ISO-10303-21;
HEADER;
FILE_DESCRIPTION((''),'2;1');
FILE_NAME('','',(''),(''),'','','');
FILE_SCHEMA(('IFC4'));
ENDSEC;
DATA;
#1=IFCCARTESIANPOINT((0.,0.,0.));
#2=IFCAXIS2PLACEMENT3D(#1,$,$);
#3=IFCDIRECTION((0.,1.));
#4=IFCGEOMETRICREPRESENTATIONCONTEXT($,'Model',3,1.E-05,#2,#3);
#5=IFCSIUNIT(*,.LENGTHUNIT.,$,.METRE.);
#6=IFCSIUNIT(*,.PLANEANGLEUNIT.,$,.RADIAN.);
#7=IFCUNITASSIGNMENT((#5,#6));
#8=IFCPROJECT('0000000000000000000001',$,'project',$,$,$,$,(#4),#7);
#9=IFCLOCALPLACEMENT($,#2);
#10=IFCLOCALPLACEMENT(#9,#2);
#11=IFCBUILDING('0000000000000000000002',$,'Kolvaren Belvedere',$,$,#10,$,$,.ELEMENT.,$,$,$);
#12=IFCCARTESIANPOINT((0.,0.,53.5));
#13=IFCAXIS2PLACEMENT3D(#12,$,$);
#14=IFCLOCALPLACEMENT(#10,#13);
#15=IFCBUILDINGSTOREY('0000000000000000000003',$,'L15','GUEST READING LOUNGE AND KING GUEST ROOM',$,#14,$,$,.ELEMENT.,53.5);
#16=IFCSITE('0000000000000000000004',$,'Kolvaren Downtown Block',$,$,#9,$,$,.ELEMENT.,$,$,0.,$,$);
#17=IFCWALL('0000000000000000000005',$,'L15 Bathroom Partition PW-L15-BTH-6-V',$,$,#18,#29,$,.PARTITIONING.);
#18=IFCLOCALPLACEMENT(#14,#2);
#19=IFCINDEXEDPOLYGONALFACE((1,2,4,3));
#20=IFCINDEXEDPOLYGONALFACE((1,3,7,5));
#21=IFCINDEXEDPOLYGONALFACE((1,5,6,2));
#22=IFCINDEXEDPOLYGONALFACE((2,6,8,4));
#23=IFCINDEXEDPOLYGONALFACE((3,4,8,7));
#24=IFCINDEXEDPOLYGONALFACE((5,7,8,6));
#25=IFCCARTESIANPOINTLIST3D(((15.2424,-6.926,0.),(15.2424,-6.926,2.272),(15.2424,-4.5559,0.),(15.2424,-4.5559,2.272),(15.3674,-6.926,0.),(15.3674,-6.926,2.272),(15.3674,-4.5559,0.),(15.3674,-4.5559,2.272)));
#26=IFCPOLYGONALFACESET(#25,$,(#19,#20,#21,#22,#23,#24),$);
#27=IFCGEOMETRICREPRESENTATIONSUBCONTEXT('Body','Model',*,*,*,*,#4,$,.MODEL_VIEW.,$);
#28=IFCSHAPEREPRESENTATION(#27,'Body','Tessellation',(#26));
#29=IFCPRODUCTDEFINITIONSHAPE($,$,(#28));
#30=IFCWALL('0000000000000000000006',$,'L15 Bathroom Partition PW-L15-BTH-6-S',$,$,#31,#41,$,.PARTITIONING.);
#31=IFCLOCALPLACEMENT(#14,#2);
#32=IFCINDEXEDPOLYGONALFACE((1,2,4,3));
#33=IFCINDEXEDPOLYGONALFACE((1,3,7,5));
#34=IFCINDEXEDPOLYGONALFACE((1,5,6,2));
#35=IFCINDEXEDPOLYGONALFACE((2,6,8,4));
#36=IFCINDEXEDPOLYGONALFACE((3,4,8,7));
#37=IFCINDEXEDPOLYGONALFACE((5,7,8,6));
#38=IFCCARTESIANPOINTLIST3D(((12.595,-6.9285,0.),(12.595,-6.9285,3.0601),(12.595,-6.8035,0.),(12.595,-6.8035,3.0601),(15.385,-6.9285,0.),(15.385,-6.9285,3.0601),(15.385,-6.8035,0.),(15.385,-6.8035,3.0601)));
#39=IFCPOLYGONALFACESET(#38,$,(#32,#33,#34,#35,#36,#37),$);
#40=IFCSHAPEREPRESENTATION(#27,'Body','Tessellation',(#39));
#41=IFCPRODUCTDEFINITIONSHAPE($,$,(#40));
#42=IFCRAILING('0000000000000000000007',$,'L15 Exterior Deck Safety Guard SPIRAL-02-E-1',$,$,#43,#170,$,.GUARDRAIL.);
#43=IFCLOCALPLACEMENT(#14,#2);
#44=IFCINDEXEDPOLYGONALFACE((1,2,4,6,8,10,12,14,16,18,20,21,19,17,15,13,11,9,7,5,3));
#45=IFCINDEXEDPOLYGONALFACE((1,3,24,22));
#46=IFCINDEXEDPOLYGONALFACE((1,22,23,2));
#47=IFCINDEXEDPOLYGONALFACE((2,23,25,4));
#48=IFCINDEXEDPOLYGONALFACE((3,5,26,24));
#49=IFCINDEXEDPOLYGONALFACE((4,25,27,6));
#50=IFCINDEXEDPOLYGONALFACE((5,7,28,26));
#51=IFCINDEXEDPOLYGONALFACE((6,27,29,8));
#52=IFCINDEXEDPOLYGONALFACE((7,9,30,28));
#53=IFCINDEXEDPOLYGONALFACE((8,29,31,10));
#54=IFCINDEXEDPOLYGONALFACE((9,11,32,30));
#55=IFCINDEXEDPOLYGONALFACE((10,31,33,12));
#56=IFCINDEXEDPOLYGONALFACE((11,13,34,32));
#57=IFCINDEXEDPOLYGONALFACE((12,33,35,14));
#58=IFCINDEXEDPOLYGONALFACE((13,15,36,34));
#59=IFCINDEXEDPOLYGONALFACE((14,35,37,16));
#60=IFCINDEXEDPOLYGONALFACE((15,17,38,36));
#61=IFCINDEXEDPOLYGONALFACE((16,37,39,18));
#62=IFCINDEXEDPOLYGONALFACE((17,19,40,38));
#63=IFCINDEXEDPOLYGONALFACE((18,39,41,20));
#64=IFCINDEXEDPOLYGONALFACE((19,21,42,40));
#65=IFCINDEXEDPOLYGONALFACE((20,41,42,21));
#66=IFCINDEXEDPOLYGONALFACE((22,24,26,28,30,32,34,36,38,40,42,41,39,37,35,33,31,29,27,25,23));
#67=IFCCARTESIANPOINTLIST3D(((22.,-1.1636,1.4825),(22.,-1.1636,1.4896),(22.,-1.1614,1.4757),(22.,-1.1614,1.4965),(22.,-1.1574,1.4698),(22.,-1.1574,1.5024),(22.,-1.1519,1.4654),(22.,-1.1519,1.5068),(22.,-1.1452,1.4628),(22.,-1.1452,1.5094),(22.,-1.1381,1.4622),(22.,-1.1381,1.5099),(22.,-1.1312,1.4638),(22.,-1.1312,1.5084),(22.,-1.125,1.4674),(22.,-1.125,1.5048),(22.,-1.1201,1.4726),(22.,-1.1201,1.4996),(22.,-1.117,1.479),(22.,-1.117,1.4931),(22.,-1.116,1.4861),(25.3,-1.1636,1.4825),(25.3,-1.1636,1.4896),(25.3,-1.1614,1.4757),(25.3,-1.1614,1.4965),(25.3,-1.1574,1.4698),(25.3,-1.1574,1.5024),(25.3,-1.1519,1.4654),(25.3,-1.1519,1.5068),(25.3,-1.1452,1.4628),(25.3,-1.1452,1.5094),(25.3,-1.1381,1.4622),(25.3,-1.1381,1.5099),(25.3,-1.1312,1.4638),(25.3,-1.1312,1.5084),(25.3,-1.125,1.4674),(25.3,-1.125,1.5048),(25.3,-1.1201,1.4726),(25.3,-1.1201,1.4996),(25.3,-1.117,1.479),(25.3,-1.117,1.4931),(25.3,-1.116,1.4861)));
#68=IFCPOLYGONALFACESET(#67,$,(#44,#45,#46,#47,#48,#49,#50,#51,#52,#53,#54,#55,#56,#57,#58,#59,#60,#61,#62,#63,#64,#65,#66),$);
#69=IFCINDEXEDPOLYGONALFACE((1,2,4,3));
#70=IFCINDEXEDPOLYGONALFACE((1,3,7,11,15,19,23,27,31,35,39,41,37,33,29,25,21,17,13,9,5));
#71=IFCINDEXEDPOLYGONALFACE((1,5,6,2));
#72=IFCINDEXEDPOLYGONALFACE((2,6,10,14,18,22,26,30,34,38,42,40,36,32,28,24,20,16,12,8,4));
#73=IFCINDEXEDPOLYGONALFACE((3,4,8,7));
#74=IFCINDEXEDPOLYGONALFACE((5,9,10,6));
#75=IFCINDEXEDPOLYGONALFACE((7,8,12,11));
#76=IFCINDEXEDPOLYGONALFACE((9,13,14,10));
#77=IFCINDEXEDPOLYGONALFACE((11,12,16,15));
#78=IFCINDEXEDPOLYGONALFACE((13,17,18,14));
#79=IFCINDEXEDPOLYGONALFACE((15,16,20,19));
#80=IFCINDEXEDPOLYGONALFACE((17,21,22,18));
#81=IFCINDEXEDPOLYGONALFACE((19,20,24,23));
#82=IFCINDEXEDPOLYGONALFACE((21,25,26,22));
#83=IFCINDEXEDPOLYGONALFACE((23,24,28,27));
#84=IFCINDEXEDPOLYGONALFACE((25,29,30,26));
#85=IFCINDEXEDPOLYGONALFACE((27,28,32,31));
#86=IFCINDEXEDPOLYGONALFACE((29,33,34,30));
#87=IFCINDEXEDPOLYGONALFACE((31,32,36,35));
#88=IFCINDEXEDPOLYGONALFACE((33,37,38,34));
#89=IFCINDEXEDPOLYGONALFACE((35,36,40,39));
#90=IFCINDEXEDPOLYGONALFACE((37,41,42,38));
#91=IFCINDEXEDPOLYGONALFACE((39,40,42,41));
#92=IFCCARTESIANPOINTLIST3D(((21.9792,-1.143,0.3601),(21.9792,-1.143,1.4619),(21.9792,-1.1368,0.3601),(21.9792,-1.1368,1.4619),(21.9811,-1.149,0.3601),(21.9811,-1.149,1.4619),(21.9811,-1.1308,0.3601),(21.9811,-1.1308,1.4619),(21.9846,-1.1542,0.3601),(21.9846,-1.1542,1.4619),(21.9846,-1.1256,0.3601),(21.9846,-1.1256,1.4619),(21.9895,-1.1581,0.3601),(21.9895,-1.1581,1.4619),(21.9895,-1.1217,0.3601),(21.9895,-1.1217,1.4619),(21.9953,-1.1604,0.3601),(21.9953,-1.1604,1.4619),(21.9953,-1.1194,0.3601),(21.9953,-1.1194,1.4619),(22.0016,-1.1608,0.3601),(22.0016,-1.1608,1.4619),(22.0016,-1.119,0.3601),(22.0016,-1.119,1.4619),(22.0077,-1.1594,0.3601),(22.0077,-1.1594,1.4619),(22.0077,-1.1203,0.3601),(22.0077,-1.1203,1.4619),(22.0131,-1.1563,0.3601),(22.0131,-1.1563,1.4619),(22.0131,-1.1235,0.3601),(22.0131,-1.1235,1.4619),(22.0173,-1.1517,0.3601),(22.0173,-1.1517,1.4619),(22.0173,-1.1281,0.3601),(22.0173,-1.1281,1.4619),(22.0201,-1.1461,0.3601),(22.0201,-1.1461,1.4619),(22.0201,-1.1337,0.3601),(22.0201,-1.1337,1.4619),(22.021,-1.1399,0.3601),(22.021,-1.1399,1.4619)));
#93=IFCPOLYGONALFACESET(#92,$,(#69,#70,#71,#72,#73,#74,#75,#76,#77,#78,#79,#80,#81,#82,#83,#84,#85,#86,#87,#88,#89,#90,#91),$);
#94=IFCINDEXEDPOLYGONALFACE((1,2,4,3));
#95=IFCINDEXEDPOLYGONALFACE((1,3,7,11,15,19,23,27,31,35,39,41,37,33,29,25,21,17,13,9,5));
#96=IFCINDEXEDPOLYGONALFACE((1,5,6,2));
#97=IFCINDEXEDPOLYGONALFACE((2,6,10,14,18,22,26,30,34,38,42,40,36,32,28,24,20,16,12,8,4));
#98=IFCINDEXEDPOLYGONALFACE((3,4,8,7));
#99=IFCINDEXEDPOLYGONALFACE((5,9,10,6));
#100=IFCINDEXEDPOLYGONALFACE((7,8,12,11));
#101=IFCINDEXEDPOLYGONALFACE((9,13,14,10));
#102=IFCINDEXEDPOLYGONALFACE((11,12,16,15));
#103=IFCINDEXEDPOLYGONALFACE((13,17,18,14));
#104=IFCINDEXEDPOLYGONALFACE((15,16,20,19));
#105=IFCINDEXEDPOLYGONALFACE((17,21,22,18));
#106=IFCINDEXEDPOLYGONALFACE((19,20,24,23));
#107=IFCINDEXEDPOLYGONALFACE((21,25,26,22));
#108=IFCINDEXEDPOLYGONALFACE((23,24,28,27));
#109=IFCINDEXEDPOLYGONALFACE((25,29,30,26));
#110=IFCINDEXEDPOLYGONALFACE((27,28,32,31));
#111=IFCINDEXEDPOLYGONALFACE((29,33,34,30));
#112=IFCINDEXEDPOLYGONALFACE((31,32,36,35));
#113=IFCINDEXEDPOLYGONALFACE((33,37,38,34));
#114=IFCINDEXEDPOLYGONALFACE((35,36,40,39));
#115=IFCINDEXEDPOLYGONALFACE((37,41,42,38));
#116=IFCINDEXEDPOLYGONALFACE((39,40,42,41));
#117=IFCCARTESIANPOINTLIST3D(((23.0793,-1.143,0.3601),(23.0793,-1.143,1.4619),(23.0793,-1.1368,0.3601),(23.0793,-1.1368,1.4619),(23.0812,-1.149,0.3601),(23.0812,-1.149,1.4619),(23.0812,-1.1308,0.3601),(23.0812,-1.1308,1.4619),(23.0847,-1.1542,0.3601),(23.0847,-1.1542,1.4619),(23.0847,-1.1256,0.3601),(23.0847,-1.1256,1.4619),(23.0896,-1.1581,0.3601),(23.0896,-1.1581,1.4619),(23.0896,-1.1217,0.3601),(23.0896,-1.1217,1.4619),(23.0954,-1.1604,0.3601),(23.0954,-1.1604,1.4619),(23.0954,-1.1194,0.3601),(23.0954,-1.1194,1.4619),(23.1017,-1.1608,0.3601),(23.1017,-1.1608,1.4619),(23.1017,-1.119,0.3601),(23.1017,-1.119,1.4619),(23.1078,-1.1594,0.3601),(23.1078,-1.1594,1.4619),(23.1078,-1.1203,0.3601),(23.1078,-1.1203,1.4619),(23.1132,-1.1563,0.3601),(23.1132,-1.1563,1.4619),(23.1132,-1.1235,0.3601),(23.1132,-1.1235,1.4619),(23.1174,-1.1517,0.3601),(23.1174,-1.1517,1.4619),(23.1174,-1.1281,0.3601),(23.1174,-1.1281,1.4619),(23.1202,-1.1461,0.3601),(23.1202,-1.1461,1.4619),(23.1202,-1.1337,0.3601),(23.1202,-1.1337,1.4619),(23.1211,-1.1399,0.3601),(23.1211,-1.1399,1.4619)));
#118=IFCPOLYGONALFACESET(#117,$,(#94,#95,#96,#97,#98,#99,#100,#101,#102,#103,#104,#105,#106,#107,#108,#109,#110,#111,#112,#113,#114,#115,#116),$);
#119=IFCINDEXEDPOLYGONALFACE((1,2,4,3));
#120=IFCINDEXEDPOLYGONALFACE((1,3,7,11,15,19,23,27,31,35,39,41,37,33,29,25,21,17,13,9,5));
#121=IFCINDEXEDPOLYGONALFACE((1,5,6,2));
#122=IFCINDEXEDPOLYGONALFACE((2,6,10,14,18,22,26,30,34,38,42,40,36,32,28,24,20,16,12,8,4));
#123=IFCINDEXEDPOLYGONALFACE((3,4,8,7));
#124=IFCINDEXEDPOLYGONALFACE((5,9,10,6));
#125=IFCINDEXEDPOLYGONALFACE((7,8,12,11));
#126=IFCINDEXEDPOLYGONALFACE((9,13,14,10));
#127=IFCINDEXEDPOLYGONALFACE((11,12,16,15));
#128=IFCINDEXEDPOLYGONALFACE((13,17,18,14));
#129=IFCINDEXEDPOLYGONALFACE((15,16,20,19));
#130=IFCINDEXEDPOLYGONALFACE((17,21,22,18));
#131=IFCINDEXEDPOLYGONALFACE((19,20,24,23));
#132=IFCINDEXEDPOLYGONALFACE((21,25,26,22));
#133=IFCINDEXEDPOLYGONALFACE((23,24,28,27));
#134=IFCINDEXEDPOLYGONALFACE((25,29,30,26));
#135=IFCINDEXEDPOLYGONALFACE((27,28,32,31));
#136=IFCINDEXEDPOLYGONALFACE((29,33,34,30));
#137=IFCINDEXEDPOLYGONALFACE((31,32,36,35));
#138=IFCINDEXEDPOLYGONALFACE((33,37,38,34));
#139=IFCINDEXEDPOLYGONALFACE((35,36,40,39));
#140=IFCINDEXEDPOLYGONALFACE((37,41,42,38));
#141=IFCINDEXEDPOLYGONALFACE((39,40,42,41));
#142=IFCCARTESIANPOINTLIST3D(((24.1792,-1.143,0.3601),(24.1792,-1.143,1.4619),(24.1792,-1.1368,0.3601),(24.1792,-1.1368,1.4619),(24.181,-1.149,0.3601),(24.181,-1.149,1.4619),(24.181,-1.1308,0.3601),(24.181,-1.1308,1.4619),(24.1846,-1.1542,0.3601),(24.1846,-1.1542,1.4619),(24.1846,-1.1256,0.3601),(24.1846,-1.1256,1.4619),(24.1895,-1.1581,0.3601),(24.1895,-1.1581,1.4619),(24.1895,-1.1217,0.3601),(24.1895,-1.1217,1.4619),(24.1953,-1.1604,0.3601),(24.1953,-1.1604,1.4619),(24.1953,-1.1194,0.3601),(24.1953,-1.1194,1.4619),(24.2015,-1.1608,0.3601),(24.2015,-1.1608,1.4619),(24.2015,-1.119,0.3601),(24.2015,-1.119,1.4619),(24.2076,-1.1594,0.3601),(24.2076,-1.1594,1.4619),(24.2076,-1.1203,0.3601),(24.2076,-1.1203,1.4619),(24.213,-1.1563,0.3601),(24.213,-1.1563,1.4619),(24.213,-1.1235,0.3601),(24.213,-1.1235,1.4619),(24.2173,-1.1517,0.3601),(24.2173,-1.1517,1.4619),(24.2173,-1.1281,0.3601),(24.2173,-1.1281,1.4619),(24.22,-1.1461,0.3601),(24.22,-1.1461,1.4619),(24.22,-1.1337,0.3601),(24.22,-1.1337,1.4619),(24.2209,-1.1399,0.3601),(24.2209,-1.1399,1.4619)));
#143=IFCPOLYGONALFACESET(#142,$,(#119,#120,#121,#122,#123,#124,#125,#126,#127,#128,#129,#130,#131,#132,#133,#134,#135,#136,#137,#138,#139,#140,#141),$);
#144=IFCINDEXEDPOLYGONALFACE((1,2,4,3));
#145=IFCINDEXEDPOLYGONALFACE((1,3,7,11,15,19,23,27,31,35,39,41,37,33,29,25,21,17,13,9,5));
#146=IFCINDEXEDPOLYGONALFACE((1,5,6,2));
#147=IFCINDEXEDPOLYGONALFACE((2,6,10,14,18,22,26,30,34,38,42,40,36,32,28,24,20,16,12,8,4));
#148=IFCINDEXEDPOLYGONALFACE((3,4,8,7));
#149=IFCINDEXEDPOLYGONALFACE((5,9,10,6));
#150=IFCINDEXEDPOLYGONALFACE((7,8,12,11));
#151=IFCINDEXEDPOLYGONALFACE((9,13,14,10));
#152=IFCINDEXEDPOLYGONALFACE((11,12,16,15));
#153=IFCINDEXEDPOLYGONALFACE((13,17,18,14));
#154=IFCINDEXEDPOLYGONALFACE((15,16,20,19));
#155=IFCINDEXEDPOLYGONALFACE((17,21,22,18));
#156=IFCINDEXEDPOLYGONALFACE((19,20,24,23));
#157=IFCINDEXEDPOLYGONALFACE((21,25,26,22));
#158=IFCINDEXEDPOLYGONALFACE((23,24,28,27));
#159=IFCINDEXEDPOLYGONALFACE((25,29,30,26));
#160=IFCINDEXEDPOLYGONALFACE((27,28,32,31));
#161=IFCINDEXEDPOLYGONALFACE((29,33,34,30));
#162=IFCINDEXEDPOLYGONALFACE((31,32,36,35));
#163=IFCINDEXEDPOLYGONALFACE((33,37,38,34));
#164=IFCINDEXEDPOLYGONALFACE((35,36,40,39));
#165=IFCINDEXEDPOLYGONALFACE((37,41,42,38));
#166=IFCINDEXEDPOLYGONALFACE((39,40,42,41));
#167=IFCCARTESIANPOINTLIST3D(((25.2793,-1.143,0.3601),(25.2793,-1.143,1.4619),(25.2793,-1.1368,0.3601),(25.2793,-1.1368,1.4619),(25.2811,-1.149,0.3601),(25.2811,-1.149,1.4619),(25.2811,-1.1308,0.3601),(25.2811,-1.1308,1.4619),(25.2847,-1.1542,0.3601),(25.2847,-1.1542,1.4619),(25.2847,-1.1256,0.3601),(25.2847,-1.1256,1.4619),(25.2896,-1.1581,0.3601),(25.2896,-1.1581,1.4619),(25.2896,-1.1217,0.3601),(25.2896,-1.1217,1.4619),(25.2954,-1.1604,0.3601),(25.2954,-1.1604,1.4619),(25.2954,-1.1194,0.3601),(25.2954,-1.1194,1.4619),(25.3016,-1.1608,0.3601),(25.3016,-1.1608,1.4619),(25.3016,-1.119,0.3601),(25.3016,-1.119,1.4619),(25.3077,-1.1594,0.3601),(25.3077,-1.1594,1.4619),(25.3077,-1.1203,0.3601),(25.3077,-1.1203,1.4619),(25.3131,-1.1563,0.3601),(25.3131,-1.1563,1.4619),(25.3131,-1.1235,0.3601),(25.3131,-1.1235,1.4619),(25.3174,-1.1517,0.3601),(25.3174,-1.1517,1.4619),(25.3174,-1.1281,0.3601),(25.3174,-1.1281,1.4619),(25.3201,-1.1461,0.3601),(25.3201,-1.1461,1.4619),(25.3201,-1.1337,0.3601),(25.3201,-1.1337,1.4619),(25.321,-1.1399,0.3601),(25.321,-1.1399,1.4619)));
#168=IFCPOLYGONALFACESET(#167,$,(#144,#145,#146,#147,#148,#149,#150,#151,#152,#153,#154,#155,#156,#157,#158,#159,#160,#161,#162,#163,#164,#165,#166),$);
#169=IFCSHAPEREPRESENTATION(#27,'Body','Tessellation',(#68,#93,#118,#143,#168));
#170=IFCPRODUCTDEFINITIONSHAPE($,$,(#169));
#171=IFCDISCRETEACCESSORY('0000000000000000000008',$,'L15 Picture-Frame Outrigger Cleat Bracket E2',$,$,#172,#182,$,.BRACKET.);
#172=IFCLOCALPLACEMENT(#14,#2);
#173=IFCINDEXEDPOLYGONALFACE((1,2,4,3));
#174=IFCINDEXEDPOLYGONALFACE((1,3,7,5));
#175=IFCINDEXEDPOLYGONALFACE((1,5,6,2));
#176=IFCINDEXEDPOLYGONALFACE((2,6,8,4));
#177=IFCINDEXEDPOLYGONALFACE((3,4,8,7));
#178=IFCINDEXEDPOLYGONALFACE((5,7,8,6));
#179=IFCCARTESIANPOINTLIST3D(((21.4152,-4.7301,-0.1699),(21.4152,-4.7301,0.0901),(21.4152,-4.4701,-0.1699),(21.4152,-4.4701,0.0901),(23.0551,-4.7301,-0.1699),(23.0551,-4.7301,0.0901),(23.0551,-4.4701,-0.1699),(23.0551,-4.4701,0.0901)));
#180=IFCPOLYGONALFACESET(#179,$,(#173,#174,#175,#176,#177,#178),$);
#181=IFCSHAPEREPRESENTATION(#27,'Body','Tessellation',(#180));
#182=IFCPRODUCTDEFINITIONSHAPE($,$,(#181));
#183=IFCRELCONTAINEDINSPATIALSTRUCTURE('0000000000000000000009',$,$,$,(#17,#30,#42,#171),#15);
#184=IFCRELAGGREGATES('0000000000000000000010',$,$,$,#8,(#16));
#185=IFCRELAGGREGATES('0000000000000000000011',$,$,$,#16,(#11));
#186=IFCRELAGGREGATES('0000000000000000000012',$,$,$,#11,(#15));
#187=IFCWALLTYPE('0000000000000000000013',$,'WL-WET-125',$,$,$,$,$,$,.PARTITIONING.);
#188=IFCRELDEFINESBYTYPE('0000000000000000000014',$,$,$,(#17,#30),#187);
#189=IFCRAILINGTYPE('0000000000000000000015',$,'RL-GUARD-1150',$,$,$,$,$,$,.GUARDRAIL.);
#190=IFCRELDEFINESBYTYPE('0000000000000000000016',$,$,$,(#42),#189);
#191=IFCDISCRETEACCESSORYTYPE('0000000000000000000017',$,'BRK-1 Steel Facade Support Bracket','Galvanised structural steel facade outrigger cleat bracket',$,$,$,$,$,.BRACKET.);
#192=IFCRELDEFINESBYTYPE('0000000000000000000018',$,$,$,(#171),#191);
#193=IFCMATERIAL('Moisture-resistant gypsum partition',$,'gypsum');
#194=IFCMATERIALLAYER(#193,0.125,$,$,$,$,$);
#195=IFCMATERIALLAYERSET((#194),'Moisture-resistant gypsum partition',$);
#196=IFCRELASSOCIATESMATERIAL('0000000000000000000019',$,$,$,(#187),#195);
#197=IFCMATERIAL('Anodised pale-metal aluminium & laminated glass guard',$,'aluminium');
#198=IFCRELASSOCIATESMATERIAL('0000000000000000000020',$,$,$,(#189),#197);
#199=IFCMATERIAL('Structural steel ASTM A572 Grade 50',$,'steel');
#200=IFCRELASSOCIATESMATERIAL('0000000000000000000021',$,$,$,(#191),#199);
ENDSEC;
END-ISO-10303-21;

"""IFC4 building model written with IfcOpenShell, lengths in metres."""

from ifc_helpers import new_model, si_unit, direction, frame, frame_2d, origin, origin_2d, place, context, subcontext, project, spatial, rectangle, circle, extrude, material, layer, layer_set, type_object, element, save


model = new_model("IFC4")

# Units and contexts
model_context = context("Model", 3, precision=1e-05, world=origin(), true_north=direction((0.0, 1.0)))
body_context = subcontext(model_context, "Body", "Model", "MODEL_VIEW")
ifc_project = project(units=[si_unit("LENGTHUNIT", "METRE"), si_unit("PLANEANGLEUNIT", "RADIAN")], contexts=[model_context])

# Site, building, storey
site_placement = place(None, origin())
site = spatial("IfcSite", under=ifc_project, at=site_placement, Name="Kolvaren Downtown Block", CompositionType="ELEMENT", RefElevation=0.0)
building_placement = place(site_placement, origin())
building = spatial("IfcBuilding", under=site, at=building_placement, Name="Kolvaren Belvedere", CompositionType="ELEMENT")
storey_placement = place(building_placement, frame((0.0, 0.0, 53.5)))
storey = spatial("IfcBuildingStorey", under=building, at=storey_placement, Name="L15", Description="GUEST READING LOUNGE AND KING GUEST ROOM", CompositionType="ELEMENT", Elevation=53.5)

# Shared definitions
ifc_material_1 = material(Name="Moisture-resistant gypsum partition", Category="gypsum")
ifc_layer_1 = layer(ifc_material_1, 0.125)
ifc_layer_set_1 = layer_set([ifc_layer_1], Name="Moisture-resistant gypsum partition")
wall_type_1 = type_object("IfcWallType", Name="WL-WET-125", PredefinedType="PARTITIONING", material=ifc_layer_set_1)

# Walls
wall_1_placement = place(storey_placement, frame((15.3049, -6.926, 0.0), z_axis=(0.0, 0.0, 1.0), x_axis=(0.0, 1.0, 0.0)))
element("IfcWall", 1, at=wall_1_placement, inside=storey, type_object=wall_type_1, Name="L15 Bathroom Partition PW-L15-BTH-6-V", PredefinedType="PARTITIONING", context=body_context, shape_type="SweptSolid", body=[
    extrude(rectangle(XDim=2.3701, YDim=0.125, at=frame_2d((1.1851, 0.0))), origin(), (0.0, 0.0, 1.0), 2.272),
])
wall_2_placement = place(storey_placement, frame((12.595, -6.866, 0.0), z_axis=(0.0, 0.0, 1.0), x_axis=(1.0, 0.0, 0.0)))
element("IfcWall", 2, at=wall_2_placement, inside=storey, type_object=wall_type_1, Name="L15 Bathroom Partition PW-L15-BTH-6-S", PredefinedType="PARTITIONING", context=body_context, shape_type="SweptSolid", body=[
    extrude(rectangle(XDim=2.79, YDim=0.125, at=frame_2d((1.395, 0.0))), origin(), (0.0, 0.0, 1.0), 3.0601),
])

# Railing
ifc_material_2 = material(Name="Anodised pale-metal aluminium & laminated glass guard", Category="aluminium")
railing_type = type_object("IfcRailingType", Name="RL-GUARD-1150", PredefinedType="GUARDRAIL", material=ifc_material_2)
railing_1_placement = place(storey_placement, frame((22.0, -1.1399, 0.3601)))
element("IfcRailing", 3, at=railing_1_placement, inside=storey, type_object=railing_type, Name="L15 Exterior Deck Safety Guard SPIRAL-02-E-1", PredefinedType="GUARDRAIL", context=body_context, shape_type="SweptSolid", body=[
    extrude(circle(Radius=0.0239, at=origin_2d()), frame((0.0, 0.0, 1.126), z_axis=(1.0, 0.0, 0.0), x_axis=(0.0, 1.0, 0.0)), (0.0, 0.0, 1.0), 3.3),
    extrude(circle(Radius=0.021, at=origin_2d()), origin(), (0.0, 0.0, 1.0), 1.1018),
    extrude(circle(Radius=0.021, at=origin_2d()), frame((1.1001, 0.0, 0.0)), (0.0, 0.0, 1.0), 1.1018),
    extrude(circle(Radius=0.021, at=origin_2d()), frame((2.2, 0.0, 0.0)), (0.0, 0.0, 1.0), 1.1018),
    extrude(circle(Radius=0.021, at=origin_2d()), frame((3.3, 0.0, 0.0)), (0.0, 0.0, 1.0), 1.1018),
])

# Discrete accessory
ifc_material_3 = material(Name="Structural steel ASTM A572 Grade 50", Category="steel")
discrete_accessory_type = type_object("IfcDiscreteAccessoryType", Name="BRK-1 Steel Facade Support Bracket", Description="Galvanised structural steel facade outrigger cleat bracket", PredefinedType="BRACKET", material=ifc_material_3)
discrete_accessory_placement = place(storey_placement, frame((22.2351, -4.6001, -0.1699), z_axis=(0.0, 0.0, 1.0), x_axis=(1.0, 0.0, 0.0)))
element("IfcDiscreteAccessory", 4, at=discrete_accessory_placement, inside=storey, type_object=discrete_accessory_type, Name="L15 Picture-Frame Outrigger Cleat Bracket E2", PredefinedType="BRACKET", context=body_context, shape_type="SweptSolid", body=[
    extrude(rectangle(XDim=1.6399, YDim=0.26, at=origin_2d()), origin(), (0.0, 0.0, 1.0), 0.26),
])

save(model, "model.ifc")
